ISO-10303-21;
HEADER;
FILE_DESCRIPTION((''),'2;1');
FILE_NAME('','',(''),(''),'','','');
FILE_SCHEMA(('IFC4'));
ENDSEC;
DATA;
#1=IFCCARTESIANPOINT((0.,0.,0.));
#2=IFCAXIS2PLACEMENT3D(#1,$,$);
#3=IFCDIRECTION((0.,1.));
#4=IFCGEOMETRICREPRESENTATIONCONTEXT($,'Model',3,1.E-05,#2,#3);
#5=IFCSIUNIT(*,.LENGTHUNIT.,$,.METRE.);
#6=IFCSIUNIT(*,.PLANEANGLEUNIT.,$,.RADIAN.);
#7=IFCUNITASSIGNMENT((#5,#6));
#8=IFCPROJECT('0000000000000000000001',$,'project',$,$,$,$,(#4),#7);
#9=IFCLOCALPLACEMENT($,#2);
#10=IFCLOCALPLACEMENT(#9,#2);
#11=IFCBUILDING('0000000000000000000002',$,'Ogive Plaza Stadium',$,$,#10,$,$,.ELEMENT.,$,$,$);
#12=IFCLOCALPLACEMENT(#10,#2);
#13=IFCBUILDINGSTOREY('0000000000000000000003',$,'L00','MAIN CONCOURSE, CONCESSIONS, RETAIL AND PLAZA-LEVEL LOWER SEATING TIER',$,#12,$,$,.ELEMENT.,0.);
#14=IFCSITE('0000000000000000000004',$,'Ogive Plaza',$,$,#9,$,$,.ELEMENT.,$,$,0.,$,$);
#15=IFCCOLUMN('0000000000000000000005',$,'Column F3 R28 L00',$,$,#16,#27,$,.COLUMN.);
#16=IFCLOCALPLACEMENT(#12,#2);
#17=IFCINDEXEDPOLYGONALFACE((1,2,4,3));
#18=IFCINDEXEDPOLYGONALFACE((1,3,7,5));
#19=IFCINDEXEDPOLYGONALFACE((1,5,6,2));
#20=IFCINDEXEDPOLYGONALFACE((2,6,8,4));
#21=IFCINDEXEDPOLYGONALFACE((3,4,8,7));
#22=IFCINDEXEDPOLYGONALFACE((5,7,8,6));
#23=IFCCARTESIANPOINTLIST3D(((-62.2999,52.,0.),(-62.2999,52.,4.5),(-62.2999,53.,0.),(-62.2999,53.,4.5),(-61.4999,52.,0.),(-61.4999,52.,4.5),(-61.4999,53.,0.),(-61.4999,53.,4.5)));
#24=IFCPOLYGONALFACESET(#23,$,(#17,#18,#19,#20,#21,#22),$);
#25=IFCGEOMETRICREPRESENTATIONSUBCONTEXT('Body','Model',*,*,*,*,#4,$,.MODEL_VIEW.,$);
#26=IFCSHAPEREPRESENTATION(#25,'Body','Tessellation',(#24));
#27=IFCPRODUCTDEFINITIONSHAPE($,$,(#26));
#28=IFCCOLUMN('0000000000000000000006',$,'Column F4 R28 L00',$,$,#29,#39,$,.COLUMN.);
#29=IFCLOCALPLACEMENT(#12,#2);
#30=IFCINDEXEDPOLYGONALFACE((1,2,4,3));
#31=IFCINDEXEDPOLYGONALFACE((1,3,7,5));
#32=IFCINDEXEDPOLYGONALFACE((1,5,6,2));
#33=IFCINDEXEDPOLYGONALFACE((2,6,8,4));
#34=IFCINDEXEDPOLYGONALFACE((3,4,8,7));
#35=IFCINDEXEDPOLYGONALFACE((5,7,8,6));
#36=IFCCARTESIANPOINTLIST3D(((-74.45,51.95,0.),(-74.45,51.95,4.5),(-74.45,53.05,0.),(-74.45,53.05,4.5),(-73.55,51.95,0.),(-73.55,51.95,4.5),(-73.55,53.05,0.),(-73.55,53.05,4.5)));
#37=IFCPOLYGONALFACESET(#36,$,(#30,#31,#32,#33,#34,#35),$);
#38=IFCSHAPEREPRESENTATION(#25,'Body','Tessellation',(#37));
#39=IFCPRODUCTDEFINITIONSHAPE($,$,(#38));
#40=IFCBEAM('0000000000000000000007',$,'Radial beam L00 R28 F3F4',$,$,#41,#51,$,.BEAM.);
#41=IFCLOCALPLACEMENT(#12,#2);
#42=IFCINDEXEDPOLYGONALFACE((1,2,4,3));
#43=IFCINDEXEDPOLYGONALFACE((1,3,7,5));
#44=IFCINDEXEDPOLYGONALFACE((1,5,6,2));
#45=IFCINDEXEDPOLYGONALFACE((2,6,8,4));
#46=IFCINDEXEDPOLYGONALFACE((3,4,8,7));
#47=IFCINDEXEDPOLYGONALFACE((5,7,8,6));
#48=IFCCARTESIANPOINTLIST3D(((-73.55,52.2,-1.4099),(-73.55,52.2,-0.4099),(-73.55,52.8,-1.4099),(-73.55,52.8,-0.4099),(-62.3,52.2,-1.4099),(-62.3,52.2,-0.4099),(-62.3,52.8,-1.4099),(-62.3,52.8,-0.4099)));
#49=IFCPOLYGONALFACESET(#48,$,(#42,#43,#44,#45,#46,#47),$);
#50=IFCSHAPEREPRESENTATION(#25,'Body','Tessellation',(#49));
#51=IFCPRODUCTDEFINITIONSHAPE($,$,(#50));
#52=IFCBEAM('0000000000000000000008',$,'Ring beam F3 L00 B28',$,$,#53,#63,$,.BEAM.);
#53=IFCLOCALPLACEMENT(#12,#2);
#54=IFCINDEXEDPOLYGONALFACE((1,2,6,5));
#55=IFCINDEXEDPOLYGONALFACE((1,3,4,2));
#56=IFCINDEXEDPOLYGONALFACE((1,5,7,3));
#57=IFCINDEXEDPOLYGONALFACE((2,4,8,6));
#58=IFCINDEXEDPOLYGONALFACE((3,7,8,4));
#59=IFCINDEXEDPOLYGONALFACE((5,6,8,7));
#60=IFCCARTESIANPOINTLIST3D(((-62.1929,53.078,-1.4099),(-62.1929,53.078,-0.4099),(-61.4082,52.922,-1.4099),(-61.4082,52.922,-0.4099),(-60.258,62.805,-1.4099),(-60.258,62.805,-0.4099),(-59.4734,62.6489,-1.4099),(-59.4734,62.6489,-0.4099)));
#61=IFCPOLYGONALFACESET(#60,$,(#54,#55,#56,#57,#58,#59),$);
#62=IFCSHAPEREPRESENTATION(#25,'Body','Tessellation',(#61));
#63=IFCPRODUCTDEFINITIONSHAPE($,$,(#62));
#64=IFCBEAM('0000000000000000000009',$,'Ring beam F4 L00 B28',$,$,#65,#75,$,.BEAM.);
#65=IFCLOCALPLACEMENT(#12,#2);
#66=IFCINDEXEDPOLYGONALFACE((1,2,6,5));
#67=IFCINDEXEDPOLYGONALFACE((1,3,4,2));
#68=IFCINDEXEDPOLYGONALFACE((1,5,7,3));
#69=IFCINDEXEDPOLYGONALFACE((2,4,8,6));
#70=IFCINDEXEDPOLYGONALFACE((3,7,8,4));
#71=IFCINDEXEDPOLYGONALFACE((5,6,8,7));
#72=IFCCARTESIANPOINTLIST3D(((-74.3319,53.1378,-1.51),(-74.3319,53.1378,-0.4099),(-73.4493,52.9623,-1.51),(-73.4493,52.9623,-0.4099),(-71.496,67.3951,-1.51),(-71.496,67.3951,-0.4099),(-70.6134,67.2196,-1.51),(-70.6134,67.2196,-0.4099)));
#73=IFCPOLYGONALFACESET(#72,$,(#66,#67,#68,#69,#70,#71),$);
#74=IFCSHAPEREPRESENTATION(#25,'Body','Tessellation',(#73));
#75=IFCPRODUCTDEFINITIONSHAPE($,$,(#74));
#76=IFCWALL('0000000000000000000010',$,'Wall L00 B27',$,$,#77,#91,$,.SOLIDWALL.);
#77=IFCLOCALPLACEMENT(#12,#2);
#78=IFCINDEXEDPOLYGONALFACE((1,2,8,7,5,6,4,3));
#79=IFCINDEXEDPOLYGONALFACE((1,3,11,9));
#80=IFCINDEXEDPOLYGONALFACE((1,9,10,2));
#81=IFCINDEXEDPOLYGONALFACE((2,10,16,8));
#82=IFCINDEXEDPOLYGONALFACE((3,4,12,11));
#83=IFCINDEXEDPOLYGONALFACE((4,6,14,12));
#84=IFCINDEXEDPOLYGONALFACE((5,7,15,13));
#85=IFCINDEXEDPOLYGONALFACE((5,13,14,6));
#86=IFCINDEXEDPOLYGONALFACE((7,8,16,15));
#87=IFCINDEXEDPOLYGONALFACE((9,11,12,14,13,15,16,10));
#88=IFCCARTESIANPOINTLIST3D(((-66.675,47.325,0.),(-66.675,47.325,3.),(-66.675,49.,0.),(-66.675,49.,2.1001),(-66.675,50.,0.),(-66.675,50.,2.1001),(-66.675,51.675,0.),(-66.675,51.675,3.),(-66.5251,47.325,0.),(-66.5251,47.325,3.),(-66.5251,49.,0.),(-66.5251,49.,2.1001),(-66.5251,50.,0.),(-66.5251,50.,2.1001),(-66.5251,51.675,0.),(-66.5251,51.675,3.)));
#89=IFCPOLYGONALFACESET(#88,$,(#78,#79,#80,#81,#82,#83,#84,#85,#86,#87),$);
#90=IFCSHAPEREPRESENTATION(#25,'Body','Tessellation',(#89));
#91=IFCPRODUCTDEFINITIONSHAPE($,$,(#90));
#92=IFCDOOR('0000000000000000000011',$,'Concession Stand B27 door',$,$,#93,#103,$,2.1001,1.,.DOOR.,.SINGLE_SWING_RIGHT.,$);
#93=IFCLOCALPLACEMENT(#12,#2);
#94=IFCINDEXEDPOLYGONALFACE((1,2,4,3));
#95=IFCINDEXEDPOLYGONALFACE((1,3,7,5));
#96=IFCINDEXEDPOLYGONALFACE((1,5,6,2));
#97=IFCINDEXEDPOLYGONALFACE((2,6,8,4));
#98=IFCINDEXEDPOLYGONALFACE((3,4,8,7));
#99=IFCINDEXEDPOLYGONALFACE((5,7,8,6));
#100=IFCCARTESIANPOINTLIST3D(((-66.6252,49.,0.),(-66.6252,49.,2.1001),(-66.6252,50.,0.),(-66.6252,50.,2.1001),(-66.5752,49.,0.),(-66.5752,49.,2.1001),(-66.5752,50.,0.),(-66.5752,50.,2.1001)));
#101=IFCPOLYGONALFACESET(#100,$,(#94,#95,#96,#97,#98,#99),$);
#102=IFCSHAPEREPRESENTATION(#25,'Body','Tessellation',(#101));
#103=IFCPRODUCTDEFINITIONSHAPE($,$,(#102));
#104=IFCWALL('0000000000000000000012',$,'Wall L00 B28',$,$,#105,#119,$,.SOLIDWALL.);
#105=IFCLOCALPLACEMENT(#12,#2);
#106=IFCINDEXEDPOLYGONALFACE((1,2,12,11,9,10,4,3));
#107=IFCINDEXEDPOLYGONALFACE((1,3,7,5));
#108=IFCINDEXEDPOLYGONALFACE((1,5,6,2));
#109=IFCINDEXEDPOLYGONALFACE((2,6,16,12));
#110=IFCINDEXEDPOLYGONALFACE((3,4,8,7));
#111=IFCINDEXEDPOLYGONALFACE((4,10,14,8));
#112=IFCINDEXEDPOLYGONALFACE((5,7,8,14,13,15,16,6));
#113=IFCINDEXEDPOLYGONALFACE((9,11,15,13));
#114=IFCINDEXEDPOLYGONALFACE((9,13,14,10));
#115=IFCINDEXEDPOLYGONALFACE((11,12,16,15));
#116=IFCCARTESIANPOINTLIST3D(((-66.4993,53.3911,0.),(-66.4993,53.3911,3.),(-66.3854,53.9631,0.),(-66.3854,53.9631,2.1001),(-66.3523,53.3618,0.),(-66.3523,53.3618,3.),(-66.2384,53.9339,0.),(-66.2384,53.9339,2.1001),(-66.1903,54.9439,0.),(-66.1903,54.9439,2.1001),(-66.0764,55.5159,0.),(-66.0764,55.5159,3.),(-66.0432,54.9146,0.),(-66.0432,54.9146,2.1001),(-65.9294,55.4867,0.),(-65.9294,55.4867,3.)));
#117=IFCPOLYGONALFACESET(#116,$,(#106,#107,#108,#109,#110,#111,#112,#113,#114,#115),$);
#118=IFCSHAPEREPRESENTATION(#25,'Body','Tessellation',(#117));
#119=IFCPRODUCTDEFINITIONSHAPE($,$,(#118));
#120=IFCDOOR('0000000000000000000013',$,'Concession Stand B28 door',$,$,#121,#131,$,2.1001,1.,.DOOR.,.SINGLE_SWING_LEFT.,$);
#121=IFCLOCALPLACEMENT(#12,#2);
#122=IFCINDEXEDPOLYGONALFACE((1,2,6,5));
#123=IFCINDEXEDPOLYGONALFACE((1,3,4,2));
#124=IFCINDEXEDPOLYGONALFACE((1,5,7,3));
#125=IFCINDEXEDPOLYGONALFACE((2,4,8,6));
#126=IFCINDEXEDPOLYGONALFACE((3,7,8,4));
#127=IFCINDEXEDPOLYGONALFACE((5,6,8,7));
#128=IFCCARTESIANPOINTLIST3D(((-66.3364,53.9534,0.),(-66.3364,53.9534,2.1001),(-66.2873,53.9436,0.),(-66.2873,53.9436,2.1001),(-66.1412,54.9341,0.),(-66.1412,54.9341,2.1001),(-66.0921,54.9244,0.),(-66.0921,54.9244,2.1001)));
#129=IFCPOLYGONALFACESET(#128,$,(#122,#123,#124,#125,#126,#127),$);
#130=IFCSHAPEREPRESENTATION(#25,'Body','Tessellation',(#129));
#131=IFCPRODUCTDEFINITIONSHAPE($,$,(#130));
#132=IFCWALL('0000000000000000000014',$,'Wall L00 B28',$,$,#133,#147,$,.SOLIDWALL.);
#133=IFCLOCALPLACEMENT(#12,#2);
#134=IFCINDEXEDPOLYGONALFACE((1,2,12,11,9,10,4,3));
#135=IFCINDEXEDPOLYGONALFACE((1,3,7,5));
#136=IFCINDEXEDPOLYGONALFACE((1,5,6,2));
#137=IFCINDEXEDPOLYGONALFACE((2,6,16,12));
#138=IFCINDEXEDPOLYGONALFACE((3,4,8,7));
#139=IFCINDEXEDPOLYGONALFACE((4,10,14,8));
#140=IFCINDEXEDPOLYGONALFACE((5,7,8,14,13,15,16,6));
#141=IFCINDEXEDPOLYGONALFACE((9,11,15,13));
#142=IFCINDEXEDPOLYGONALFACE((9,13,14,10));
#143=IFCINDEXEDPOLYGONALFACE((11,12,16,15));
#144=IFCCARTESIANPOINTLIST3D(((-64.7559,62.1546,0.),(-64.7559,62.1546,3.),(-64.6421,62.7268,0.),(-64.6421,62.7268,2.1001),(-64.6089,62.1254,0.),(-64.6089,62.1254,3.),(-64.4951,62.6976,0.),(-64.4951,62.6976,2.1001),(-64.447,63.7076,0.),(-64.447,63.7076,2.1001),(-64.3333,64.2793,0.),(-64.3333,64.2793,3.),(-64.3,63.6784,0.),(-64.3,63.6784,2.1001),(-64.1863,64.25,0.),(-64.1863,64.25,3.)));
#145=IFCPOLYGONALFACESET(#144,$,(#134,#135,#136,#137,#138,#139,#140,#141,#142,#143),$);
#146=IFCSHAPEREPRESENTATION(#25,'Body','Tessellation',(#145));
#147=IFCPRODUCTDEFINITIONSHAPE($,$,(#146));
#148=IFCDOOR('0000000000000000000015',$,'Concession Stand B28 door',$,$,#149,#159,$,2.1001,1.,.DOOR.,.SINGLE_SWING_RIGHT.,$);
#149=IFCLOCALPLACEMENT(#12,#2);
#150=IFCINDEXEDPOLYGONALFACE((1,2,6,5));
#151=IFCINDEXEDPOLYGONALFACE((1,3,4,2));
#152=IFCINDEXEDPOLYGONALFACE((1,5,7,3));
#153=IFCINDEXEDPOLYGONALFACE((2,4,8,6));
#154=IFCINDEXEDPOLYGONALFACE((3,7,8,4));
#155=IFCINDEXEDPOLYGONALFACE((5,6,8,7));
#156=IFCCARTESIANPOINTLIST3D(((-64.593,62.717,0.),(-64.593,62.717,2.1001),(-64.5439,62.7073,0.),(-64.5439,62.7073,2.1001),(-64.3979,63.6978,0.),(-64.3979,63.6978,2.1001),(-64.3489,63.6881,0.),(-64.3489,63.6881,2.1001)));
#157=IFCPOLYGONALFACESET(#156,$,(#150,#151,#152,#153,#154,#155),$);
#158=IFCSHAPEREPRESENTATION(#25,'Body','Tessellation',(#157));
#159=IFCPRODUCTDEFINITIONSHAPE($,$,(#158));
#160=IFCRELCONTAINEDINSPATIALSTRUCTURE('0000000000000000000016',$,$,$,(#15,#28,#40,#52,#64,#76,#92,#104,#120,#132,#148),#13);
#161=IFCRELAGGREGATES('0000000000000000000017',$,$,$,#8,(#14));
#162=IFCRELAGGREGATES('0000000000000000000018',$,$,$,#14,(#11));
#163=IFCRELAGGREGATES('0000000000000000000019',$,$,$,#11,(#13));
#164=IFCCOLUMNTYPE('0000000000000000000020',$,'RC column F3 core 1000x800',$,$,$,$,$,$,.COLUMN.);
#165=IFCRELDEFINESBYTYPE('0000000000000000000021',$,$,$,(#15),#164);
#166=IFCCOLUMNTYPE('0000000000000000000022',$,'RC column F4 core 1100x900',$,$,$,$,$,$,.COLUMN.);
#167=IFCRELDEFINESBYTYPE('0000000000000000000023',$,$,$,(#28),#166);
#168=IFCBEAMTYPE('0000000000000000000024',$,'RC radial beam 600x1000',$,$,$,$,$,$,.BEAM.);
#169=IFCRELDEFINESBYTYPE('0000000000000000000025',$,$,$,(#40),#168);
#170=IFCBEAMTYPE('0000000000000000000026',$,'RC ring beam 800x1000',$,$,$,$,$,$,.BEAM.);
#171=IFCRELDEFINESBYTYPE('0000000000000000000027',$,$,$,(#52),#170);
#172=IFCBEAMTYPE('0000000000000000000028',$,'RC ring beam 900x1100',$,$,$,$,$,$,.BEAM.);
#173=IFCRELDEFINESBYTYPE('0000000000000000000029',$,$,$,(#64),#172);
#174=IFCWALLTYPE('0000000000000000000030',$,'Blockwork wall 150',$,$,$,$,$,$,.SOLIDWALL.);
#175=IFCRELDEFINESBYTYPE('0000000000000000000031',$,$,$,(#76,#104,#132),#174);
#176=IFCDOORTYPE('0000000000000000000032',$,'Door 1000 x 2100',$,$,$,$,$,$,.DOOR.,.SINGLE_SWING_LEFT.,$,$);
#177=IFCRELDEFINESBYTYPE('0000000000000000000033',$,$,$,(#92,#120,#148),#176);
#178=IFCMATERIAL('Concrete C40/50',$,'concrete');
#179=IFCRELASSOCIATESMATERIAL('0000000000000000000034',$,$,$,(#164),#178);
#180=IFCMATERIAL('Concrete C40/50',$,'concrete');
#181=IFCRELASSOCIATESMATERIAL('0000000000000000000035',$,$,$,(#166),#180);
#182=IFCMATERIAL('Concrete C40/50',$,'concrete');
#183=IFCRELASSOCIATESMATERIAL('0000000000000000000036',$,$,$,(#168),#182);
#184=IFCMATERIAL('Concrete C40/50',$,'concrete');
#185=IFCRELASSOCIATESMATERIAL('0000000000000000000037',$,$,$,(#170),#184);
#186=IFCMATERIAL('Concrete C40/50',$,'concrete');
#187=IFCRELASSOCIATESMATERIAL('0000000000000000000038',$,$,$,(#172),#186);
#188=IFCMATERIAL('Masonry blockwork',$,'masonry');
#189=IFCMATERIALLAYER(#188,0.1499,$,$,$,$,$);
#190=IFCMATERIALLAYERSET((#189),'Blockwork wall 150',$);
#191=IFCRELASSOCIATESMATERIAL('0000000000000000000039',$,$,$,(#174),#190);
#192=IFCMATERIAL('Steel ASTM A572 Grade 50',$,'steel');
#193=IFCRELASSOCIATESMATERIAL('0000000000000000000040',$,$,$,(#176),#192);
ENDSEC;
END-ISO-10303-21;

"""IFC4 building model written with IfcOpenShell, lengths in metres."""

from ifc_helpers import new_model, si_unit, direction, frame, frame_2d, origin, origin_2d, place, context, subcontext, project, spatial, rectangle, extrude, material, layer, layer_set, material_profile, profile_set, type_object, element, fill, save


model = new_model("IFC4")

# Units and contexts
model_context = context("Model", 3, precision=1e-05, world=origin(), true_north=direction((0.0, 1.0)))
body_context = subcontext(model_context, "Body", "Model", "MODEL_VIEW")
ifc_project = project(units=[si_unit("LENGTHUNIT", "METRE"), si_unit("PLANEANGLEUNIT", "RADIAN")], contexts=[model_context])

# Site, building, storey
site_placement = place(None, origin())
site = spatial("IfcSite", under=ifc_project, at=site_placement, Name="Ogive Plaza", CompositionType="ELEMENT", RefElevation=0.0)
building_placement = place(site_placement, origin())
building = spatial("IfcBuilding", under=site, at=building_placement, Name="Ogive Plaza Stadium", CompositionType="ELEMENT")
storey_placement = place(building_placement, origin())
storey = spatial("IfcBuildingStorey", under=building, at=storey_placement, Name="L00", Description="MAIN CONCOURSE, CONCESSIONS, RETAIL AND PLAZA-LEVEL LOWER SEATING TIER", CompositionType="ELEMENT", Elevation=0.0)

# Columns
ifc_material_1 = material(Name="Concrete C40/50", Category="concrete")
ifc_material_profile_1 = material_profile(ifc_material_1, rectangle(XDim=1.0, YDim=0.8, at=origin_2d()), Name="RC 1000x800")
ifc_profile_set_1 = profile_set([ifc_material_profile_1], Name="Concrete C40/50")
column_type_1 = type_object("IfcColumnType", Name="RC column F3 core 1000x800", PredefinedType="COLUMN", material=ifc_profile_set_1)
column_1_placement = place(storey_placement, frame((-61.8999, 52.5, 0.0), z_axis=(0.0, 0.0, 1.0), x_axis=(0.0, -1.0, 0.0)))
element("IfcColumn", 1, at=column_1_placement, inside=storey, type_object=column_type_1, Name="Column F3 R28 L00", PredefinedType="COLUMN", context=body_context, shape_type="SweptSolid", body=[
    extrude(rectangle(XDim=1.0, YDim=0.8, at=origin_2d()), origin(), (0.0, 0.0, 1.0), 4.5),
])
ifc_material_2 = material(Name="Concrete C40/50", Category="concrete")
ifc_material_profile_2 = material_profile(ifc_material_2, rectangle(XDim=1.1001, YDim=0.8999, at=origin_2d()), Name="RC 1100x900")
ifc_profile_set_2 = profile_set([ifc_material_profile_2], Name="Concrete C40/50")
column_type_2 = type_object("IfcColumnType", Name="RC column F4 core 1100x900", PredefinedType="COLUMN", material=ifc_profile_set_2)
column_2_placement = place(storey_placement, frame((-74.0, 52.5, 0.0), z_axis=(0.0, 0.0, 1.0), x_axis=(0.0, -1.0, 0.0)))
element("IfcColumn", 2, at=column_2_placement, inside=storey, type_object=column_type_2, Name="Column F4 R28 L00", PredefinedType="COLUMN", context=body_context, shape_type="SweptSolid", body=[
    extrude(rectangle(XDim=1.1001, YDim=0.8999, at=origin_2d()), origin(), (0.0, 0.0, 1.0), 4.5),
])

# Beams
ifc_material_3 = material(Name="Concrete C40/50", Category="concrete")
ifc_material_profile_3 = material_profile(ifc_material_3, rectangle(XDim=0.6001, YDim=1.0, at=origin_2d()), Name="RC 600x1000")
ifc_profile_set_3 = profile_set([ifc_material_profile_3], Name="Concrete C40/50")
beam_type_1 = type_object("IfcBeamType", Name="RC radial beam 600x1000", PredefinedType="BEAM", material=ifc_profile_set_3)
beam_1_placement = place(storey_placement, frame((-62.3, 52.5, -0.9099), z_axis=(-1.0, 0.0, 0.0), x_axis=(0.0, -1.0, 0.0)))
element("IfcBeam", 3, at=beam_1_placement, inside=storey, type_object=beam_type_1, Name="Radial beam L00 R28 F3F4", PredefinedType="BEAM", context=body_context, shape_type="SweptSolid", body=[
    extrude(rectangle(XDim=0.6001, YDim=1.0, at=origin_2d()), origin(), (0.0, 0.0, 1.0), 11.25),
])
ifc_material_4 = material(Name="Concrete C40/50", Category="concrete")
ifc_material_profile_4 = material_profile(ifc_material_4, rectangle(XDim=0.8, YDim=1.0, at=origin_2d()), Name="RC 800x1000")
ifc_profile_set_4 = profile_set([ifc_material_profile_4], Name="Concrete C40/50")
beam_type_2 = type_object("IfcBeamType", Name="RC ring beam 800x1000", PredefinedType="BEAM", material=ifc_profile_set_4)
beam_2_placement = place(storey_placement, frame((-61.8005, 53.0, -0.9099), z_axis=(0.195093, 0.980785, 0.0), x_axis=(-0.980785, 0.195093, 0.0)))
element("IfcBeam", 4, at=beam_2_placement, inside=storey, type_object=beam_type_2, Name="Ring beam F3 L00 B28", PredefinedType="BEAM", context=body_context, shape_type="SweptSolid", body=[
    extrude(rectangle(XDim=0.8, YDim=1.0, at=origin_2d()), origin(), (0.0, 0.0, 1.0), 9.9175),
])
ifc_material_5 = material(Name="Concrete C40/50", Category="concrete")
ifc_material_profile_5 = material_profile(ifc_material_5, rectangle(XDim=0.8999, YDim=1.1001, at=origin_2d()), Name="RC 900x1100")
ifc_profile_set_5 = profile_set([ifc_material_profile_5], Name="Concrete C40/50")
beam_type_3 = type_object("IfcBeamType", Name="RC ring beam 900x1100", PredefinedType="BEAM", material=ifc_profile_set_5)
beam_3_placement = place(storey_placement, frame((-73.8906, 53.05, -0.96), z_axis=(0.195089, 0.980786, 0.0), x_axis=(-0.980786, 0.195089, 0.0)))
element("IfcBeam", 5, at=beam_3_placement, inside=storey, type_object=beam_type_3, Name="Ring beam F4 L00 B28", PredefinedType="BEAM", context=body_context, shape_type="SweptSolid", body=[
    extrude(rectangle(XDim=0.8999, YDim=1.1001, at=origin_2d()), origin(), (0.0, 0.0, 1.0), 14.5366),
])

# Walls, openings, doors
ifc_material_6 = material(Name="Masonry blockwork", Category="masonry")
ifc_layer_1 = layer(ifc_material_6, 0.1499)
ifc_layer_set_1 = layer_set([ifc_layer_1], Name="Blockwork wall 150")
wall_type_1 = type_object("IfcWallType", Name="Blockwork wall 150", PredefinedType="SOLIDWALL", material=ifc_layer_set_1)
wall_1_placement = place(storey_placement, frame((-66.6001, 51.675, 0.0), z_axis=(0.0, 0.0, 1.0), x_axis=(0.0, -1.0, 0.0)))
wall_1 = element("IfcWall", 6, at=wall_1_placement, inside=storey, type_object=wall_type_1, Name="Wall L00 B27", PredefinedType="SOLIDWALL", context=body_context, shape_type="SweptSolid", body=[
    extrude(rectangle(XDim=4.3501, YDim=0.1499, at=frame_2d((2.175, 0.0))), origin(), (0.0, 0.0, 1.0), 3.0),
])
opening_1_placement = place(wall_1_placement, frame((1.675, 0.0, 0.0)))
opening_1 = element("IfcOpeningElement", 7, at=opening_1_placement, cuts=wall_1, PredefinedType="OPENING", context=body_context, shape_type="SweptSolid", body=[
    extrude(rectangle(XDim=1.0, YDim=2.1001, at=frame_2d((0.5, 1.05))), frame((0.0, 0.075, 0.0), z_axis=(0.0, -1.0, 0.0), x_axis=(1.0, 0.0, 0.0)), (0.0, 0.0, 1.0), 0.1499),
])
ifc_material_7 = material(Name="Steel ASTM A572 Grade 50", Category="steel")
door_type_1 = type_object("IfcDoorType", Name="Door 1000 x 2100", OperationType="SINGLE_SWING_LEFT", PredefinedType="DOOR", material=ifc_material_7)
door_1_placement = place(opening_1_placement, origin())
door_1 = element("IfcDoor", 8, at=door_1_placement, inside=storey, type_object=door_type_1, Name="Concession Stand B27 door", OperationType="SINGLE_SWING_RIGHT", OverallHeight=2.1001, OverallWidth=1.0, PredefinedType="DOOR", context=body_context, shape_type="SweptSolid", body=[
    extrude(rectangle(XDim=1.0, YDim=2.1001, at=frame_2d((0.5, 1.05))), frame((0.0, 0.0249, 0.0), z_axis=(0.0, -1.0, 0.0), x_axis=(1.0, 0.0, 0.0)), (0.0, 0.0, 1.0), 0.05),
])
fill(opening_1, door_1)
wall_2_placement = place(storey_placement, frame((-66.4258, 53.3765, 0.0), z_axis=(0.0, 0.0, 1.0), x_axis=(0.195184, 0.980767, 0.0)))
wall_2 = element("IfcWall", 9, at=wall_2_placement, inside=storey, type_object=wall_type_1, Name="Wall L00 B28", PredefinedType="SOLIDWALL", context=body_context, shape_type="SweptSolid", body=[
    extrude(rectangle(XDim=2.1665, YDim=0.1499, at=frame_2d((1.0833, 0.0))), origin(), (0.0, 0.0, 1.0), 3.0),
])
opening_2_placement = place(wall_2_placement, frame((0.5833, 0.0, 0.0)))
opening_2 = element("IfcOpeningElement", 10, at=opening_2_placement, cuts=wall_2, PredefinedType="OPENING", context=body_context, shape_type="SweptSolid", body=[
    extrude(rectangle(XDim=1.0, YDim=2.1001, at=frame_2d((0.5, 1.05))), frame((0.0, 0.075, 0.0), z_axis=(0.0, -1.0, 0.0), x_axis=(1.0, 0.0, 0.0)), (0.0, 0.0, 1.0), 0.1499),
])
door_2_placement = place(opening_2_placement, origin())
door_2 = element("IfcDoor", 11, at=door_2_placement, inside=storey, type_object=door_type_1, Name="Concession Stand B28 door", OperationType="SINGLE_SWING_LEFT", OverallHeight=2.1001, OverallWidth=1.0, PredefinedType="DOOR", context=body_context, shape_type="SweptSolid", body=[
    extrude(rectangle(XDim=1.0, YDim=2.1001, at=frame_2d((0.5, 1.05))), frame((0.0, 0.0249, 0.0), z_axis=(0.0, -1.0, 0.0), x_axis=(1.0, 0.0, 0.0)), (0.0, 0.0, 1.0), 0.05),
])
fill(opening_2, door_2)
wall_3_placement = place(storey_placement, frame((-64.6824, 62.1401, 0.0), z_axis=(0.0, 0.0, 1.0), x_axis=(0.195076, 0.980788, 0.0)))
wall_3 = element("IfcWall", 12, at=wall_3_placement, inside=storey, type_object=wall_type_1, Name="Wall L00 B28", PredefinedType="SOLIDWALL", context=body_context, shape_type="SweptSolid", body=[
    extrude(rectangle(XDim=2.1663, YDim=0.1499, at=frame_2d((1.083, 0.0))), origin(), (0.0, 0.0, 1.0), 3.0),
])
opening_3_placement = place(wall_3_placement, frame((0.5833, 0.0, 0.0)))
opening_3 = element("IfcOpeningElement", 13, at=opening_3_placement, cuts=wall_3, PredefinedType="OPENING", context=body_context, shape_type="SweptSolid", body=[
    extrude(rectangle(XDim=1.0, YDim=2.1001, at=frame_2d((0.5, 1.05))), frame((0.0, 0.075, 0.0), z_axis=(0.0, -1.0, 0.0), x_axis=(1.0, 0.0, 0.0)), (0.0, 0.0, 1.0), 0.1499),
])
door_3_placement = place(opening_3_placement, origin())
door_3 = element("IfcDoor", 14, at=door_3_placement, inside=storey, type_object=door_type_1, Name="Concession Stand B28 door", OperationType="SINGLE_SWING_RIGHT", OverallHeight=2.1001, OverallWidth=1.0, PredefinedType="DOOR", context=body_context, shape_type="SweptSolid", body=[
    extrude(rectangle(XDim=1.0, YDim=2.1001, at=frame_2d((0.5, 1.05))), frame((0.0, 0.0249, 0.0), z_axis=(0.0, -1.0, 0.0), x_axis=(1.0, 0.0, 0.0)), (0.0, 0.0, 1.0), 0.05),
])
fill(opening_3, door_3)

save(model, "model.ifc")
